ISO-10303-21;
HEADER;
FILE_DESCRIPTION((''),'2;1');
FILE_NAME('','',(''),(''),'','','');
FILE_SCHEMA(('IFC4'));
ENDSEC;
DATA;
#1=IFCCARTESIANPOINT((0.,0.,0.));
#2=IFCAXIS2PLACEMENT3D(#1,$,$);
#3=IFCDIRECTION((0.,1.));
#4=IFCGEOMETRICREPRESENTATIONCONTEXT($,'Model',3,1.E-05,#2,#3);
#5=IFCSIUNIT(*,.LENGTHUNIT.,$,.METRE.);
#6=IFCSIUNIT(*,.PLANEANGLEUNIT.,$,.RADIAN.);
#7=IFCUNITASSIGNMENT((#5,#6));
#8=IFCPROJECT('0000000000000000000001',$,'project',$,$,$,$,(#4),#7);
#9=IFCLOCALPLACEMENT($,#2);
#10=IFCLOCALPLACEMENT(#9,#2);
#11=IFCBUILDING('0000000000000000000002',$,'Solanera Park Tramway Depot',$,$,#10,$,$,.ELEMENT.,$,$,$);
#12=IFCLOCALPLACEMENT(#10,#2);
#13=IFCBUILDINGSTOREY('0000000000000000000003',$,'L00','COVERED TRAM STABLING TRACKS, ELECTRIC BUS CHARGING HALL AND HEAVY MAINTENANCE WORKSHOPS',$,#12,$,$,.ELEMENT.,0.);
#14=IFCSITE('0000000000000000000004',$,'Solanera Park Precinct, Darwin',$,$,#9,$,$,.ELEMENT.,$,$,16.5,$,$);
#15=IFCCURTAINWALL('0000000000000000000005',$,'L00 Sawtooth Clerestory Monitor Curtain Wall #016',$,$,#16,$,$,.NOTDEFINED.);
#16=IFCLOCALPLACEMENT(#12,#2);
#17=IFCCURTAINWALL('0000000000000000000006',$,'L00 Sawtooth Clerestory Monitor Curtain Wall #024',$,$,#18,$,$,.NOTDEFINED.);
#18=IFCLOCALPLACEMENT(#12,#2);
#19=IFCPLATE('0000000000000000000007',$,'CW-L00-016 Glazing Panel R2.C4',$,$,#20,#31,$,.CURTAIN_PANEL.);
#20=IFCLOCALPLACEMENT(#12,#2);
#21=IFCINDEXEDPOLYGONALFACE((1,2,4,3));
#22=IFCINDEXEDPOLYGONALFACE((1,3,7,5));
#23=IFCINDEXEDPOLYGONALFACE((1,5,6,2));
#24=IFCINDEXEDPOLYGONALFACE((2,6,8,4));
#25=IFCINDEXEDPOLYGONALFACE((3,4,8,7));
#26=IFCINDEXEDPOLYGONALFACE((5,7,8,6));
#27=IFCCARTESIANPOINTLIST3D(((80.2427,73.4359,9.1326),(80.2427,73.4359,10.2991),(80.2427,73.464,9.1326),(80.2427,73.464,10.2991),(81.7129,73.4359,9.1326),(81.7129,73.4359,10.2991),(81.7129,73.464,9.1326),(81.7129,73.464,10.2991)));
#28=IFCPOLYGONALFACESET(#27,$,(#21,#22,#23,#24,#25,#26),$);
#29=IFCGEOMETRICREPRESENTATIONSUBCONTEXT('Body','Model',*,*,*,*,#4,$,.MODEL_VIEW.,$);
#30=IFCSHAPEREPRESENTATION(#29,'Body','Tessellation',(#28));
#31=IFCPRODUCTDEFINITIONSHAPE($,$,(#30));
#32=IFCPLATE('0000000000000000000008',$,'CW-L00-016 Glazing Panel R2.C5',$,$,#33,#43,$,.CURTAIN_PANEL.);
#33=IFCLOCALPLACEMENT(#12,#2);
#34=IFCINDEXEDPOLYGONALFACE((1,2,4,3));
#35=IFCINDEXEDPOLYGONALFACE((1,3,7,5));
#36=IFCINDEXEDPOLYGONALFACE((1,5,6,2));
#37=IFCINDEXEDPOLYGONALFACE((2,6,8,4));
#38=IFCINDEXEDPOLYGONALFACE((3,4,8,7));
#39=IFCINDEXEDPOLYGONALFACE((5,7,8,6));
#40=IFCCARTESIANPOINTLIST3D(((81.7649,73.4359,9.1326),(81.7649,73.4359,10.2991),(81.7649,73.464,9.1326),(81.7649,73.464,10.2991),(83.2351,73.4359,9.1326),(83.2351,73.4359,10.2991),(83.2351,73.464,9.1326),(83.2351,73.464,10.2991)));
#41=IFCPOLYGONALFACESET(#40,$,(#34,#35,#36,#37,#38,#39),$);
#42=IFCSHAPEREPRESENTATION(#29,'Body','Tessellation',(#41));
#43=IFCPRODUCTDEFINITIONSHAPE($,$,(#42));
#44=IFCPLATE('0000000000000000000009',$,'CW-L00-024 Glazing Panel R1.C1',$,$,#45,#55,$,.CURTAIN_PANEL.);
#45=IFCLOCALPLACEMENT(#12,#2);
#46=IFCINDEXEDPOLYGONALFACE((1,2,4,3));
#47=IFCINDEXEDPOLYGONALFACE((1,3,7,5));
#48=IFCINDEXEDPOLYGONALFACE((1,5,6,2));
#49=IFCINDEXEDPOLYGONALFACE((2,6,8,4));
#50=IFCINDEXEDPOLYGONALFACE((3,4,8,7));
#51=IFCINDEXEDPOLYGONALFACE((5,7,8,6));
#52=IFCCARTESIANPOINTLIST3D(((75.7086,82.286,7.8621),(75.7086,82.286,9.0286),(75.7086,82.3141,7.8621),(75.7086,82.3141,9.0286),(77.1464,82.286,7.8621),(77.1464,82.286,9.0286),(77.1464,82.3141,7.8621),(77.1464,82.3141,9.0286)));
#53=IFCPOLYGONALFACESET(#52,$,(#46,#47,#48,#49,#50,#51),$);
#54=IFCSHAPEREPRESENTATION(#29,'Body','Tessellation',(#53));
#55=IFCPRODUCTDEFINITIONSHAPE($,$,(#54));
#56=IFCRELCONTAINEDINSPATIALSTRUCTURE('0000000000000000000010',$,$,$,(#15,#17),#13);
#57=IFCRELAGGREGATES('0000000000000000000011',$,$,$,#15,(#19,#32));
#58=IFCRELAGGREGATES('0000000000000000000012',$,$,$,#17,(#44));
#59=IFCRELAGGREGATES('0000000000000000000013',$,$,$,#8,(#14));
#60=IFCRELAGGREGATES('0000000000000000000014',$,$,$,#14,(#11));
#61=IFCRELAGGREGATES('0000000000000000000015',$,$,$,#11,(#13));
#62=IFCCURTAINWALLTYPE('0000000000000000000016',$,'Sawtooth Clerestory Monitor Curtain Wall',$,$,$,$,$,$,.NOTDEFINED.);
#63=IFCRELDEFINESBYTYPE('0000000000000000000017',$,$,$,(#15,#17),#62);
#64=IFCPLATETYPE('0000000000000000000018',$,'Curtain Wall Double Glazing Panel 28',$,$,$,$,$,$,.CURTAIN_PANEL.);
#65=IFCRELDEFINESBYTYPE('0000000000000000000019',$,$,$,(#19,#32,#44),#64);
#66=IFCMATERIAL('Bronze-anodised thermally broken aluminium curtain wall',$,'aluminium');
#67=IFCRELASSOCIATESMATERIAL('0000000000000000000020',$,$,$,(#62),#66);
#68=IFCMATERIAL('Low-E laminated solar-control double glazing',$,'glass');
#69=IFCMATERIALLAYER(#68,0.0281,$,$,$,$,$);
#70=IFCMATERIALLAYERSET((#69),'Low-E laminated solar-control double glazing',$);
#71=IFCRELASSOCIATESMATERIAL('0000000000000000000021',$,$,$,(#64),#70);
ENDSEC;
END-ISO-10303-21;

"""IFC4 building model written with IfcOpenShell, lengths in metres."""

from ifc_helpers import new_model, si_unit, direction, frame, origin, origin_2d, place, context, subcontext, project, spatial, rectangle, extrude, material, layer, layer_set, type_object, element, aggregate, save


model = new_model("IFC4")

# Units and contexts
model_context = context("Model", 3, precision=1e-05, world=origin(), true_north=direction((0.0, 1.0)))
body_context = subcontext(model_context, "Body", "Model", "MODEL_VIEW")
ifc_project = project(units=[si_unit("LENGTHUNIT", "METRE"), si_unit("PLANEANGLEUNIT", "RADIAN")], contexts=[model_context])

# Site, building, storey
site_placement = place(None, origin())
site = spatial("IfcSite", under=ifc_project, at=site_placement, Name="Solanera Park Precinct, Darwin", CompositionType="ELEMENT", RefElevation=16.5)
building_placement = place(site_placement, origin())
building = spatial("IfcBuilding", under=site, at=building_placement, Name="Solanera Park Tramway Depot", CompositionType="ELEMENT")
storey_placement = place(building_placement, origin())
storey = spatial("IfcBuildingStorey", under=building, at=storey_placement, Name="L00", Description="COVERED TRAM STABLING TRACKS, ELECTRIC BUS CHARGING HALL AND HEAVY MAINTENANCE WORKSHOPS", CompositionType="ELEMENT", Elevation=0.0)

# Curtain wall
ifc_material_1 = material(Name="Bronze-anodised thermally broken aluminium curtain wall", Category="aluminium")
curtain_wall_type = type_object("IfcCurtainWallType", Name="Sawtooth Clerestory Monitor Curtain Wall", PredefinedType="NOTDEFINED", material=ifc_material_1)
curtain_wall_1_placement = place(storey_placement, origin())
curtain_wall_1 = element("IfcCurtainWall", 1, at=curtain_wall_1_placement, inside=storey, type_object=curtain_wall_type, Name="L00 Sawtooth Clerestory Monitor Curtain Wall #016", PredefinedType="NOTDEFINED")

# Curtain wall
curtain_wall_2_placement = place(storey_placement, origin())
curtain_wall_2 = element("IfcCurtainWall", 2, at=curtain_wall_2_placement, inside=storey, type_object=curtain_wall_type, Name="L00 Sawtooth Clerestory Monitor Curtain Wall #024", PredefinedType="NOTDEFINED")

# Plates
ifc_material_2 = material(Name="Low-E laminated solar-control double glazing", Category="glass")
ifc_layer = layer(ifc_material_2, 0.0281)
ifc_layer_set = layer_set([ifc_layer], Name="Low-E laminated solar-control double glazing")
plate_type = type_object("IfcPlateType", Name="Curtain Wall Double Glazing Panel 28", PredefinedType="CURTAIN_PANEL", material=ifc_layer_set)
plate_1_placement = place(storey_placement, frame((80.9778, 73.45, 9.1326), z_axis=(0.0, 0.0, 1.0), x_axis=(1.0, 0.0, 0.0)))
plate_1 = element("IfcPlate", 3, at=plate_1_placement, type_object=plate_type, Name="CW-L00-016 Glazing Panel R2.C4", PredefinedType="CURTAIN_PANEL", context=body_context, shape_type="SweptSolid", body=[
    extrude(rectangle(XDim=1.4702, YDim=0.0281, at=origin_2d()), origin(), (0.0, 0.0, 1.0), 1.1665),
])
plate_2_placement = place(storey_placement, frame((82.5, 73.45, 9.1326), z_axis=(0.0, 0.0, 1.0), x_axis=(1.0, 0.0, 0.0)))
plate_2 = element("IfcPlate", 4, at=plate_2_placement, type_object=plate_type, Name="CW-L00-016 Glazing Panel R2.C5", PredefinedType="CURTAIN_PANEL", context=body_context, shape_type="SweptSolid", body=[
    extrude(rectangle(XDim=1.4702, YDim=0.0281, at=origin_2d()), origin(), (0.0, 0.0, 1.0), 1.1665),
])
aggregate(curtain_wall_1, [plate_1, plate_2])
plate_3_placement = place(storey_placement, frame((76.4275, 82.3, 7.8621), z_axis=(0.0, 0.0, 1.0), x_axis=(1.0, 0.0, 0.0)))
plate_3 = element("IfcPlate", 5, at=plate_3_placement, type_object=plate_type, Name="CW-L00-024 Glazing Panel R1.C1", PredefinedType="CURTAIN_PANEL", context=body_context, shape_type="SweptSolid", body=[
    extrude(rectangle(XDim=1.4377, YDim=0.0281, at=origin_2d()), origin(), (0.0, 0.0, 1.0), 1.1665),
])
aggregate(curtain_wall_2, [plate_3])

save(model, "model.ifc")
